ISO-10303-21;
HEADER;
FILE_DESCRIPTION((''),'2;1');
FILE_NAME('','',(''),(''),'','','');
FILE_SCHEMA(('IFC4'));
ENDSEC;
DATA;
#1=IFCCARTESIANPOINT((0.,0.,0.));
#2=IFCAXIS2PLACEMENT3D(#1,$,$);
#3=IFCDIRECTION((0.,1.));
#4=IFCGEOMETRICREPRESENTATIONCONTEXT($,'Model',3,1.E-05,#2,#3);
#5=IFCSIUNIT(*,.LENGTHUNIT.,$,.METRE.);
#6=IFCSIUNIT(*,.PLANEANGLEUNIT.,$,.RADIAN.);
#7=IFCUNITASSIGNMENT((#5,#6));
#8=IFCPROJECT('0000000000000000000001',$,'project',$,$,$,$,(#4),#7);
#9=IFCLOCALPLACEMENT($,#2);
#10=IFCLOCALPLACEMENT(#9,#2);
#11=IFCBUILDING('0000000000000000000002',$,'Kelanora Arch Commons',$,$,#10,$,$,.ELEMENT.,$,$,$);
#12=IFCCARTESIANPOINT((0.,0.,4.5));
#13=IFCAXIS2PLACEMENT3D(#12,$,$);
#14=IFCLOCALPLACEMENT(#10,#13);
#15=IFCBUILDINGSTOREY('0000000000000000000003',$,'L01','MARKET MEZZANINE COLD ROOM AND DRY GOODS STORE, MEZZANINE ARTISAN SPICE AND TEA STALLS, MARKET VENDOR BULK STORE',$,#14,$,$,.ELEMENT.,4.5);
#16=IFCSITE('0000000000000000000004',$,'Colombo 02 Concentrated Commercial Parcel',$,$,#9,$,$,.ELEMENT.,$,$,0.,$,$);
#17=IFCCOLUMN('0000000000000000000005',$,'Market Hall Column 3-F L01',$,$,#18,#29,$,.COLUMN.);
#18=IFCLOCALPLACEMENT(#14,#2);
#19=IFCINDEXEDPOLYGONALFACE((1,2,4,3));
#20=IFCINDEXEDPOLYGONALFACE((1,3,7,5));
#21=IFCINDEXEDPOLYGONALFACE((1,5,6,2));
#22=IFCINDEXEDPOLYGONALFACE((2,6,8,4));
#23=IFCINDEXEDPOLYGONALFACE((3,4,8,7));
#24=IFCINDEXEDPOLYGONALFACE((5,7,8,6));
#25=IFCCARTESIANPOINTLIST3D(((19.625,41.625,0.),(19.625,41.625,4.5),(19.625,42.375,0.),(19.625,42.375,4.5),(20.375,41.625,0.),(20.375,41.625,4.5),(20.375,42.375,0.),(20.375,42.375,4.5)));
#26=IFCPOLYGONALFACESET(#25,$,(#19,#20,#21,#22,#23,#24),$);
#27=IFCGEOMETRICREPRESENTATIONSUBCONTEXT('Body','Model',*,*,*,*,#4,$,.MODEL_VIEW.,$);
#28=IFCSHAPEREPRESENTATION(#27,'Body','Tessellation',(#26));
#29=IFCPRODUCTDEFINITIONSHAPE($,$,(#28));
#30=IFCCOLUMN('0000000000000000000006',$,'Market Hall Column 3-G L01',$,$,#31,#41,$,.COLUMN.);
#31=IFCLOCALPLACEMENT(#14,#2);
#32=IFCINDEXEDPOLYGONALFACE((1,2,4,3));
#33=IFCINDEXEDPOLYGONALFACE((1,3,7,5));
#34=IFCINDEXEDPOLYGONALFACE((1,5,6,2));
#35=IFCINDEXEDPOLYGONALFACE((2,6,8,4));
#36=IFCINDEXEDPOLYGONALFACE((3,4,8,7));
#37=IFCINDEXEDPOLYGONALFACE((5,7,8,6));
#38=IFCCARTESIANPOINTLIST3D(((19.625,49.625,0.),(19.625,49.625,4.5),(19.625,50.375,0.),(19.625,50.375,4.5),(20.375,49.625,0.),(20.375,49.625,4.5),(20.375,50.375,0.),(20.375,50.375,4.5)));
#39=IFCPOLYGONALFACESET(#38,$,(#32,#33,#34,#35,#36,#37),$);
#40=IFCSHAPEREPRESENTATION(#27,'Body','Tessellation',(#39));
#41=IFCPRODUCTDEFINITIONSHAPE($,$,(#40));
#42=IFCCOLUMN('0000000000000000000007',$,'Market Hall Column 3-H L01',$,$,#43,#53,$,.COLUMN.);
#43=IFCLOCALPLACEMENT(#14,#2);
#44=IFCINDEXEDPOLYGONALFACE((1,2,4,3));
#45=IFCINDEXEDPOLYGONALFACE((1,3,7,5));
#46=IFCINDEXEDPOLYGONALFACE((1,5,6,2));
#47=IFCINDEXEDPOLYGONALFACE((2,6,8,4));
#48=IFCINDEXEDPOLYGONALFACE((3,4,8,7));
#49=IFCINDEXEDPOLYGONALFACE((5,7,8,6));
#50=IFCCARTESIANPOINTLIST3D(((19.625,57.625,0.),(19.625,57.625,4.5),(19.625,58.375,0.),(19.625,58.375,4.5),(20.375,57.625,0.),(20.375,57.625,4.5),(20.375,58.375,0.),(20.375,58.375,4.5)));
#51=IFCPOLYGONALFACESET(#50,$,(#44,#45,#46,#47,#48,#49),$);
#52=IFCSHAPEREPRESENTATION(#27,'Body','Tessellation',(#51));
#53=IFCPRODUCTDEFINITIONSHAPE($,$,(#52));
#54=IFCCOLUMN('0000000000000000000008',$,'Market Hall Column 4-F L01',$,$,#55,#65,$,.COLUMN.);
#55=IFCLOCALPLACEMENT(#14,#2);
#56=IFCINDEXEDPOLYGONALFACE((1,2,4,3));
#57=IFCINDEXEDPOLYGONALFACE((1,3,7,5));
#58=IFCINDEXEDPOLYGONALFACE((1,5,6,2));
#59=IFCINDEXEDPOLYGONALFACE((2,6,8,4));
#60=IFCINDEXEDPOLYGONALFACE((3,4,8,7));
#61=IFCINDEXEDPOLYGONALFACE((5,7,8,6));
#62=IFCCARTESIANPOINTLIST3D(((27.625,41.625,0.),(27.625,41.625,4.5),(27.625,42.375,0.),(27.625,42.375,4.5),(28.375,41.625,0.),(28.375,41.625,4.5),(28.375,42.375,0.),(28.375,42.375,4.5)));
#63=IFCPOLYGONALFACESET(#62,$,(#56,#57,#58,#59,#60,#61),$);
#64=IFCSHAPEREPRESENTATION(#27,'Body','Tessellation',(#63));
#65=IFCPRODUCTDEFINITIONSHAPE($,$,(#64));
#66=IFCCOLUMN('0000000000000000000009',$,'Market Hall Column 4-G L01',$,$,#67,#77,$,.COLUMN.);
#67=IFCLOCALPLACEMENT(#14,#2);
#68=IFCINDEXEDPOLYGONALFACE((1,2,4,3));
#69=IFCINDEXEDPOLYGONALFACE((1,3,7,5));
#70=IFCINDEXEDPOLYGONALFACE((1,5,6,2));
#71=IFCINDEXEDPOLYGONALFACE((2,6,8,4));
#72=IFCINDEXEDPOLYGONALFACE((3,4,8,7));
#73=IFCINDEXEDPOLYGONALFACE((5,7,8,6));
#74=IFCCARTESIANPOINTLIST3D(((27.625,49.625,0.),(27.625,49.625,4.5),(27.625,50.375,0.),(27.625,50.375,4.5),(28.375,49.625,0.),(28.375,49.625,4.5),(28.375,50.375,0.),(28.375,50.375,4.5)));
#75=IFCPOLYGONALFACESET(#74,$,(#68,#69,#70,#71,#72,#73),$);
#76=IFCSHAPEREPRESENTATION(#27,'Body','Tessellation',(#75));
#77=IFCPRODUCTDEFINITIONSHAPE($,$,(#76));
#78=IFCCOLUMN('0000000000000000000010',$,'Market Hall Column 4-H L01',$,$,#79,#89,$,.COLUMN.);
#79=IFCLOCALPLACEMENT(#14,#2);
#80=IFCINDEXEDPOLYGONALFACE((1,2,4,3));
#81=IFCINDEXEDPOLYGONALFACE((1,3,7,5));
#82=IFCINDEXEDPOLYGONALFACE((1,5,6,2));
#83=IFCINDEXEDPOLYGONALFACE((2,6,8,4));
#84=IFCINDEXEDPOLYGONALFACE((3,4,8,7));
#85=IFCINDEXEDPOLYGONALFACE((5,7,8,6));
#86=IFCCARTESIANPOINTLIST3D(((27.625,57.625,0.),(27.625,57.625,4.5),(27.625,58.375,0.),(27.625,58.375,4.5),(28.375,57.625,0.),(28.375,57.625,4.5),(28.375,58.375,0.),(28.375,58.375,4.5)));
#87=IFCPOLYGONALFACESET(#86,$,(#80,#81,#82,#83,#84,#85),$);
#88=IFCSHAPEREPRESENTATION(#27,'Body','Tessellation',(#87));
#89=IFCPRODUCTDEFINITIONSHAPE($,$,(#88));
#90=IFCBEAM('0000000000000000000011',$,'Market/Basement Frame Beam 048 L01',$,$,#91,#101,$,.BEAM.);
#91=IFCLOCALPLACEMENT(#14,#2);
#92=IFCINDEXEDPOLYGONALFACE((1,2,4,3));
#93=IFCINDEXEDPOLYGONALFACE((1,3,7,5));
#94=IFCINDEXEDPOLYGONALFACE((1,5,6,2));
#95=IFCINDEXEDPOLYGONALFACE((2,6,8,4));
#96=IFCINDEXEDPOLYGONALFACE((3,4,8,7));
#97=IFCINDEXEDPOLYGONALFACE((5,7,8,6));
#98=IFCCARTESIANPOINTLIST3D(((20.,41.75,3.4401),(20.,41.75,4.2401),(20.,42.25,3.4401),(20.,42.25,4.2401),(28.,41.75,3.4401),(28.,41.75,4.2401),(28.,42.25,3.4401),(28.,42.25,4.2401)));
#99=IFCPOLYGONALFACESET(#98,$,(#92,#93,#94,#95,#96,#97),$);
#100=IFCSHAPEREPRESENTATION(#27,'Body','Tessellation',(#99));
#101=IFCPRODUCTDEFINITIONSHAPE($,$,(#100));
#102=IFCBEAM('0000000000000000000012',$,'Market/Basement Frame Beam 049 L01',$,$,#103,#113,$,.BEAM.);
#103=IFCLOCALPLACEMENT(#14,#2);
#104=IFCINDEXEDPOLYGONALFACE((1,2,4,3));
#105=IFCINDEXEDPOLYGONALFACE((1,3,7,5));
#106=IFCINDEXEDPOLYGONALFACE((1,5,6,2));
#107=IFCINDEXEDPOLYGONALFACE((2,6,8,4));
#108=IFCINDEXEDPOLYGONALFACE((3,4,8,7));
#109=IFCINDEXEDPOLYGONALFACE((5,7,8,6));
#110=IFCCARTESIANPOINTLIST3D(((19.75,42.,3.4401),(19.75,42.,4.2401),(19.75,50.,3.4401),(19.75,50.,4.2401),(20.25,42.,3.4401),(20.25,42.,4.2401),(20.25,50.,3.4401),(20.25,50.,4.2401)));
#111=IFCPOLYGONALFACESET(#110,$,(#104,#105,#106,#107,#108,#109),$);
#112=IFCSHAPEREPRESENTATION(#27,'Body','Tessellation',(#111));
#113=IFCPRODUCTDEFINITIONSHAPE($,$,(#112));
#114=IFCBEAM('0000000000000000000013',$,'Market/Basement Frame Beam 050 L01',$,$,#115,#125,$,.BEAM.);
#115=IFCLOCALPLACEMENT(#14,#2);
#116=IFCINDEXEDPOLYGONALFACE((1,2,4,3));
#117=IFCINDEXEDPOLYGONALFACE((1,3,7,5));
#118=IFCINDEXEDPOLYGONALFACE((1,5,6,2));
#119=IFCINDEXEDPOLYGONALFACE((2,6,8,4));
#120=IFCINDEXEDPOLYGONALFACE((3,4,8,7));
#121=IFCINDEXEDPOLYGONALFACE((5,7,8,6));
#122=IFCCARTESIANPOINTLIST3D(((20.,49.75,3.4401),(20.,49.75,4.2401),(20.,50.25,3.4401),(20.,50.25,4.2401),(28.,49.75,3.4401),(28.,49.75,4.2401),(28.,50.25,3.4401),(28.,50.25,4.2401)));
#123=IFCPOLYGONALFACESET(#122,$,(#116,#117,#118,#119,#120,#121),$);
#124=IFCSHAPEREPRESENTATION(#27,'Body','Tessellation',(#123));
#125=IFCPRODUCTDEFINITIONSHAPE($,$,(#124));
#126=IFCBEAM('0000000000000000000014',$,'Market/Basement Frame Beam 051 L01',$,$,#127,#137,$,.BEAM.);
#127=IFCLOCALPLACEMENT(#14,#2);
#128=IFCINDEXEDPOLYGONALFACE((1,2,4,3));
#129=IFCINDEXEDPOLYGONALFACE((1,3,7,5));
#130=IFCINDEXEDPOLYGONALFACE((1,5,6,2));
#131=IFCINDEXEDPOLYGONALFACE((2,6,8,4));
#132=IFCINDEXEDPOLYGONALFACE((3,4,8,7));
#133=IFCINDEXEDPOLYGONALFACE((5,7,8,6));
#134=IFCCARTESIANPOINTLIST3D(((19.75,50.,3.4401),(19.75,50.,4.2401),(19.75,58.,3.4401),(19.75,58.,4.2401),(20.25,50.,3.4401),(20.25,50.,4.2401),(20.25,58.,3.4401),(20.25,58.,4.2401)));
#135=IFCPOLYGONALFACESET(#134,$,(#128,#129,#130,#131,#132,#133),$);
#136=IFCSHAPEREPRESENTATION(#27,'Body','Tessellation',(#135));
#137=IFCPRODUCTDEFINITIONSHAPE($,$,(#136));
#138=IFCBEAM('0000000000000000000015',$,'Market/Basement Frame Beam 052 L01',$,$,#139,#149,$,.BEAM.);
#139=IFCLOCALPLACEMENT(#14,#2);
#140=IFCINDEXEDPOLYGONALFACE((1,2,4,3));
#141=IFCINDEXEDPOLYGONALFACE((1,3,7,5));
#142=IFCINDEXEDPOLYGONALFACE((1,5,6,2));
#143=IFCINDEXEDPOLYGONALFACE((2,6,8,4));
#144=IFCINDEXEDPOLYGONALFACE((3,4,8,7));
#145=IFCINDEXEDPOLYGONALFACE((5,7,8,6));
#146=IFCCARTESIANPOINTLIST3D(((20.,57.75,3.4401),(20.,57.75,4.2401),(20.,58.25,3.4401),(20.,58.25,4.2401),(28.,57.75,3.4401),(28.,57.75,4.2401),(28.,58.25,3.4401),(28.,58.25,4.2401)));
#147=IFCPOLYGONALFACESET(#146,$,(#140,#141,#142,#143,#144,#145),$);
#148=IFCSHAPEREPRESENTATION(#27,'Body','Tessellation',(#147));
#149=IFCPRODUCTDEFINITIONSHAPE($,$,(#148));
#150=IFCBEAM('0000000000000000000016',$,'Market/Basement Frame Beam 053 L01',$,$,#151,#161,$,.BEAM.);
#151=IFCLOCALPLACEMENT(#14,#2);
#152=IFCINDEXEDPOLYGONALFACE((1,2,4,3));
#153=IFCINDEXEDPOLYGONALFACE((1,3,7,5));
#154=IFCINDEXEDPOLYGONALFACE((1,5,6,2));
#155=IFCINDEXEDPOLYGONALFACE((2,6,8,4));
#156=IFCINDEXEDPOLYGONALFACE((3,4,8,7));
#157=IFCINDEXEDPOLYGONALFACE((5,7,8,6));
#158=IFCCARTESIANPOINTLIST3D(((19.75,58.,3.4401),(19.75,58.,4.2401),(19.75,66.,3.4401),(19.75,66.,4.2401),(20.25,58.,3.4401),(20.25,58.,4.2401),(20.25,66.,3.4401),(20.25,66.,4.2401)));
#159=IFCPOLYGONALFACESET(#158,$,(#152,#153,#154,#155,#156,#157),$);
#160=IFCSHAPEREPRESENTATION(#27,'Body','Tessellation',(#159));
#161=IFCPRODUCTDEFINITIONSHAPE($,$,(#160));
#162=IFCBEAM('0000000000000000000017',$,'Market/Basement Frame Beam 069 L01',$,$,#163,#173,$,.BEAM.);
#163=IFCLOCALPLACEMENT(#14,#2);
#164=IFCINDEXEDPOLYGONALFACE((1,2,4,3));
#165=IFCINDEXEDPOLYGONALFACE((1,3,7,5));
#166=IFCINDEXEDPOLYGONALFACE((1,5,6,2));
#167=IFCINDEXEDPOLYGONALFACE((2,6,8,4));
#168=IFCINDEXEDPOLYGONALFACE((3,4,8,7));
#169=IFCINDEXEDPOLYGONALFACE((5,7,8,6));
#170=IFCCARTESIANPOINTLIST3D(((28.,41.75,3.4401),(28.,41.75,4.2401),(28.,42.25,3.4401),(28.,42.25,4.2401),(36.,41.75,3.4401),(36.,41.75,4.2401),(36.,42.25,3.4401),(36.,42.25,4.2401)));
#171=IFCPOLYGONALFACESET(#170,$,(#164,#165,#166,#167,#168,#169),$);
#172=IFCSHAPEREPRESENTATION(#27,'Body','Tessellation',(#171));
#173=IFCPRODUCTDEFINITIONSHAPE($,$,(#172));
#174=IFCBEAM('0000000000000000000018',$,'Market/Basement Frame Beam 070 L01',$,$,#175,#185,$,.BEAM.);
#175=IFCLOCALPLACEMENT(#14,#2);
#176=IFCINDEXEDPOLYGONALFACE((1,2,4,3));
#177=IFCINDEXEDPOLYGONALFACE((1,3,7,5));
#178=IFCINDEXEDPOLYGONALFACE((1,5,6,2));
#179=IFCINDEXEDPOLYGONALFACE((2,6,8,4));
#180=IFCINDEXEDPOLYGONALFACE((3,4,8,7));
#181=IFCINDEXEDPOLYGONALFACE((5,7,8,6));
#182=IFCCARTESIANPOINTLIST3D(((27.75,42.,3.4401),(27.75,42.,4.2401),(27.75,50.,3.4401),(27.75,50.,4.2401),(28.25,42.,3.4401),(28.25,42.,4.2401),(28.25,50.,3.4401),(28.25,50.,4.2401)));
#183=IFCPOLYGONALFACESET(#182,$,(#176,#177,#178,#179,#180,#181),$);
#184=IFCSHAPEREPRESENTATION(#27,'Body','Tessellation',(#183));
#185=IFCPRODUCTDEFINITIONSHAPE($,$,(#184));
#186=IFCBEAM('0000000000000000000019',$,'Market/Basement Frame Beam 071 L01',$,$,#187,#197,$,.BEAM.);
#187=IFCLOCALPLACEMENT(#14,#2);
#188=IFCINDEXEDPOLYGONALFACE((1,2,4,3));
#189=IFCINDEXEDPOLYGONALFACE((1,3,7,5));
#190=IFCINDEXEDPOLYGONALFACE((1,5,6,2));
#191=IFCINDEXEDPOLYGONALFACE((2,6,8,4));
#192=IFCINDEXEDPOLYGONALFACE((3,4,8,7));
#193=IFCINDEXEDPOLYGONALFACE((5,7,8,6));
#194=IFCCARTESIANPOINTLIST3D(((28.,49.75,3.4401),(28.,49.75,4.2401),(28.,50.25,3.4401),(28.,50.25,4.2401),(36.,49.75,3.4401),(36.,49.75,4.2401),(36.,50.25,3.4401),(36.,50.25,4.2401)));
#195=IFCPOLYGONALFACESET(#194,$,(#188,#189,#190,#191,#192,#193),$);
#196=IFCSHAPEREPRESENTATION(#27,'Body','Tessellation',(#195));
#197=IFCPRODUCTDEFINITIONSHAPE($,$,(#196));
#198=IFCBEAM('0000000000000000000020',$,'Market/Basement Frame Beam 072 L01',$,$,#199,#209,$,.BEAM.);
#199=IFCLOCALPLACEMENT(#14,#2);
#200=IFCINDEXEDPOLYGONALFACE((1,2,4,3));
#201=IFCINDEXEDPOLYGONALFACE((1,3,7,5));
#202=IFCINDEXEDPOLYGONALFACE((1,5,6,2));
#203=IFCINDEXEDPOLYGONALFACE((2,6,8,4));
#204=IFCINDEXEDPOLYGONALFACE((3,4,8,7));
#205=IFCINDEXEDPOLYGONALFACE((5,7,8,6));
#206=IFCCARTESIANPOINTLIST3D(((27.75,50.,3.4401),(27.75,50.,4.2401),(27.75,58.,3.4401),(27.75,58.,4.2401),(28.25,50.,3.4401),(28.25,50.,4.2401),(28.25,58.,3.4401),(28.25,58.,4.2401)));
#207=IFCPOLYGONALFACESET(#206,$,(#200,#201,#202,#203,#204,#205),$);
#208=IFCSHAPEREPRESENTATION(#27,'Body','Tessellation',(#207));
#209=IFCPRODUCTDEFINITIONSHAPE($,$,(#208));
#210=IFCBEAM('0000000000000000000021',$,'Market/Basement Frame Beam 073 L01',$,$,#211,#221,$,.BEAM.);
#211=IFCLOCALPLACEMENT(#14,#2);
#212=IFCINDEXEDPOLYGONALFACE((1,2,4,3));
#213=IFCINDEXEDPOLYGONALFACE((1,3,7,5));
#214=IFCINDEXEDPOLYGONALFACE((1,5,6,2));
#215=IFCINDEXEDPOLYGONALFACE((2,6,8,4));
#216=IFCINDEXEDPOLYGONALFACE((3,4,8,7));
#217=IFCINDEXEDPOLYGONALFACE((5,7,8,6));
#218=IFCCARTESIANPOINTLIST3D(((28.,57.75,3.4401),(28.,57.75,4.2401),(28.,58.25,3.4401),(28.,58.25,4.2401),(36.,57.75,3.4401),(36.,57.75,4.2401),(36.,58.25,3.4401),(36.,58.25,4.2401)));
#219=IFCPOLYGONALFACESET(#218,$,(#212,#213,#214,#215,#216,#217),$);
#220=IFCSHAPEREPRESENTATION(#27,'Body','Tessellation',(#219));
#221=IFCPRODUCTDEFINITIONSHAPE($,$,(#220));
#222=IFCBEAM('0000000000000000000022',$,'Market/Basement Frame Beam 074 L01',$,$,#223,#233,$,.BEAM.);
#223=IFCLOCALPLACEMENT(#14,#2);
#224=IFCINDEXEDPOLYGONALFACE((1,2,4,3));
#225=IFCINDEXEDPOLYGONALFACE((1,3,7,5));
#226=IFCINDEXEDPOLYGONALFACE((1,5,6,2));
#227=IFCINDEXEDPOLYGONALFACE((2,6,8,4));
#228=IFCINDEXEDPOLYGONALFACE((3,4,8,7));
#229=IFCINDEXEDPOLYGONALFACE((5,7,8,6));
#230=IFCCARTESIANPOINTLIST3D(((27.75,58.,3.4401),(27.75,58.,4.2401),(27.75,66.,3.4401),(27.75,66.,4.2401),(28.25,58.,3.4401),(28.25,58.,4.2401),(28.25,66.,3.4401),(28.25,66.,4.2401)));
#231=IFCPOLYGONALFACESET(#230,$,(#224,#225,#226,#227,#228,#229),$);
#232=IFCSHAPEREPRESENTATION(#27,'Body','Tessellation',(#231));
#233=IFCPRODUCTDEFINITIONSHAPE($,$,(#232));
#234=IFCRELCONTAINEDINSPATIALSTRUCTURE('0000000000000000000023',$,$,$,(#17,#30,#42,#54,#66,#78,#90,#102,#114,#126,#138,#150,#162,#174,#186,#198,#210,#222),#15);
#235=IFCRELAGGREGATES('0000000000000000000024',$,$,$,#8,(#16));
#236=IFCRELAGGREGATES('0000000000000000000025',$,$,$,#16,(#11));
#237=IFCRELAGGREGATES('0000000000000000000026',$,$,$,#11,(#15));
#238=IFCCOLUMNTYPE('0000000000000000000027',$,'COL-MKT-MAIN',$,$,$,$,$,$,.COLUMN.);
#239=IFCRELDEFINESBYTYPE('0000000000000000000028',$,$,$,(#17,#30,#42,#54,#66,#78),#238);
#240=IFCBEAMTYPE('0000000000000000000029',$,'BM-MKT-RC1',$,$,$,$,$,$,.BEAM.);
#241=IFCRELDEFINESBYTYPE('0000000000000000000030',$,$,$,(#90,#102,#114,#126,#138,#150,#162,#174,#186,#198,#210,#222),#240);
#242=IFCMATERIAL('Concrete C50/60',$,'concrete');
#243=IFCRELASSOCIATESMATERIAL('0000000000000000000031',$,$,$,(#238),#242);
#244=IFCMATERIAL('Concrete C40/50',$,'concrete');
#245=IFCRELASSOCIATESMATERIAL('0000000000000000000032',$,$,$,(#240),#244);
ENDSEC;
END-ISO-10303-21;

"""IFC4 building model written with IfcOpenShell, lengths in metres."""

from ifc_helpers import new_model, si_unit, direction, frame, origin, origin_2d, place, context, subcontext, project, spatial, rectangle, extrude, material, material_profile, profile_set, type_object, element, save


model = new_model("IFC4")

# Units and contexts
model_context = context("Model", 3, precision=1e-05, world=origin(), true_north=direction((0.0, 1.0)))
body_context = subcontext(model_context, "Body", "Model", "MODEL_VIEW")
ifc_project = project(units=[si_unit("LENGTHUNIT", "METRE"), si_unit("PLANEANGLEUNIT", "RADIAN")], contexts=[model_context])

# Site, building, storey
site_placement = place(None, origin())
site = spatial("IfcSite", under=ifc_project, at=site_placement, Name="Colombo 02 Concentrated Commercial Parcel", CompositionType="ELEMENT", RefElevation=0.0)
building_placement = place(site_placement, origin())
building = spatial("IfcBuilding", under=site, at=building_placement, Name="Kelanora Arch Commons", CompositionType="ELEMENT")
storey_placement = place(building_placement, frame((0.0, 0.0, 4.5)))
storey = spatial("IfcBuildingStorey", under=building, at=storey_placement, Name="L01", Description="MARKET MEZZANINE COLD ROOM AND DRY GOODS STORE, MEZZANINE ARTISAN SPICE AND TEA STALLS, MARKET VENDOR BULK STORE", CompositionType="ELEMENT", Elevation=4.5)

# Columns
ifc_material_1 = material(Name="Concrete C50/60", Category="concrete")
ifc_material_profile_1 = material_profile(ifc_material_1, rectangle(XDim=0.75, YDim=0.75, at=origin_2d()), Name="RC750x750")
ifc_profile_set_1 = profile_set([ifc_material_profile_1], Name="Concrete C50/60")
column_type = type_object("IfcColumnType", Name="COL-MKT-MAIN", PredefinedType="COLUMN", material=ifc_profile_set_1)
for number, where, z_axis, x_axis, name in (
    (1, (20.0, 42.0, 0.0), (0.0, 0.0, 1.0), (1.0, 0.0, 0.0), "Market Hall Column 3-F L01"),
    (2, (20.0, 50.0, 0.0), (0.0, 0.0, 1.0), (1.0, 0.0, 0.0), "Market Hall Column 3-G L01"),
    (3, (20.0, 58.0, 0.0), (0.0, 0.0, 1.0), (1.0, 0.0, 0.0), "Market Hall Column 3-H L01"),
    (4, (28.0, 42.0, 0.0), (0.0, 0.0, 1.0), (1.0, 0.0, 0.0), "Market Hall Column 4-F L01"),
    (5, (28.0, 50.0, 0.0), (0.0, 0.0, 1.0), (1.0, 0.0, 0.0), "Market Hall Column 4-G L01"),
    (6, (28.0, 58.0, 0.0), (0.0, 0.0, 1.0), (1.0, 0.0, 0.0), "Market Hall Column 4-H L01"),
):
    element("IfcColumn", number, at=place(storey_placement, frame(where, z_axis=z_axis, x_axis=x_axis)), inside=storey, type_object=column_type, Name=name, PredefinedType="COLUMN", context=body_context, shape_type="SweptSolid", body=[
        extrude(rectangle(XDim=0.75, YDim=0.75, at=origin_2d()), origin(), (0.0, 0.0, 1.0), 4.5),
    ])

# Beams
ifc_material_2 = material(Name="Concrete C40/50", Category="concrete")
ifc_material_profile_2 = material_profile(ifc_material_2, rectangle(XDim=0.5, YDim=0.8, at=origin_2d()), Name="RCB500x800")
ifc_profile_set_2 = profile_set([ifc_material_profile_2], Name="Concrete C40/50")
beam_type = type_object("IfcBeamType", Name="BM-MKT-RC1", PredefinedType="BEAM", material=ifc_profile_set_2)
for number, where, z_axis, x_axis, name in (
    (7, (20.0, 42.0, 3.8401), (1.0, 0.0, 0.0), (0.0, 1.0, 0.0), "Market/Basement Frame Beam 048 L01"),
    (8, (20.0, 42.0, 3.8401), (0.0, 1.0, 0.0), (-1.0, 0.0, 0.0), "Market/Basement Frame Beam 049 L01"),
    (9, (20.0, 50.0, 3.8401), (1.0, 0.0, 0.0), (0.0, 1.0, 0.0), "Market/Basement Frame Beam 050 L01"),
    (10, (20.0, 50.0, 3.8401), (0.0, 1.0, 0.0), (-1.0, 0.0, 0.0), "Market/Basement Frame Beam 051 L01"),
    (11, (20.0, 58.0, 3.8401), (1.0, 0.0, 0.0), (0.0, 1.0, 0.0), "Market/Basement Frame Beam 052 L01"),
    (12, (20.0, 58.0, 3.8401), (0.0, 1.0, 0.0), (-1.0, 0.0, 0.0), "Market/Basement Frame Beam 053 L01"),
    (13, (28.0, 42.0, 3.8401), (1.0, 0.0, 0.0), (0.0, 1.0, 0.0), "Market/Basement Frame Beam 069 L01"),
    (14, (28.0, 42.0, 3.8401), (0.0, 1.0, 0.0), (-1.0, 0.0, 0.0), "Market/Basement Frame Beam 070 L01"),
    (15, (28.0, 50.0, 3.8401), (1.0, 0.0, 0.0), (0.0, 1.0, 0.0), "Market/Basement Frame Beam 071 L01"),
    (16, (28.0, 50.0, 3.8401), (0.0, 1.0, 0.0), (-1.0, 0.0, 0.0), "Market/Basement Frame Beam 072 L01"),
    (17, (28.0, 58.0, 3.8401), (1.0, 0.0, 0.0), (0.0, 1.0, 0.0), "Market/Basement Frame Beam 073 L01"),
    (18, (28.0, 58.0, 3.8401), (0.0, 1.0, 0.0), (-1.0, 0.0, 0.0), "Market/Basement Frame Beam 074 L01"),
):
    element("IfcBeam", number, at=place(storey_placement, frame(where, z_axis=z_axis, x_axis=x_axis)), inside=storey, type_object=beam_type, Name=name, PredefinedType="BEAM", context=body_context, shape_type="SweptSolid", body=[
        extrude(rectangle(XDim=0.5, YDim=0.8, at=origin_2d()), origin(), (0.0, 0.0, 1.0), 8.0),
    ])

save(model, "model.ifc")
